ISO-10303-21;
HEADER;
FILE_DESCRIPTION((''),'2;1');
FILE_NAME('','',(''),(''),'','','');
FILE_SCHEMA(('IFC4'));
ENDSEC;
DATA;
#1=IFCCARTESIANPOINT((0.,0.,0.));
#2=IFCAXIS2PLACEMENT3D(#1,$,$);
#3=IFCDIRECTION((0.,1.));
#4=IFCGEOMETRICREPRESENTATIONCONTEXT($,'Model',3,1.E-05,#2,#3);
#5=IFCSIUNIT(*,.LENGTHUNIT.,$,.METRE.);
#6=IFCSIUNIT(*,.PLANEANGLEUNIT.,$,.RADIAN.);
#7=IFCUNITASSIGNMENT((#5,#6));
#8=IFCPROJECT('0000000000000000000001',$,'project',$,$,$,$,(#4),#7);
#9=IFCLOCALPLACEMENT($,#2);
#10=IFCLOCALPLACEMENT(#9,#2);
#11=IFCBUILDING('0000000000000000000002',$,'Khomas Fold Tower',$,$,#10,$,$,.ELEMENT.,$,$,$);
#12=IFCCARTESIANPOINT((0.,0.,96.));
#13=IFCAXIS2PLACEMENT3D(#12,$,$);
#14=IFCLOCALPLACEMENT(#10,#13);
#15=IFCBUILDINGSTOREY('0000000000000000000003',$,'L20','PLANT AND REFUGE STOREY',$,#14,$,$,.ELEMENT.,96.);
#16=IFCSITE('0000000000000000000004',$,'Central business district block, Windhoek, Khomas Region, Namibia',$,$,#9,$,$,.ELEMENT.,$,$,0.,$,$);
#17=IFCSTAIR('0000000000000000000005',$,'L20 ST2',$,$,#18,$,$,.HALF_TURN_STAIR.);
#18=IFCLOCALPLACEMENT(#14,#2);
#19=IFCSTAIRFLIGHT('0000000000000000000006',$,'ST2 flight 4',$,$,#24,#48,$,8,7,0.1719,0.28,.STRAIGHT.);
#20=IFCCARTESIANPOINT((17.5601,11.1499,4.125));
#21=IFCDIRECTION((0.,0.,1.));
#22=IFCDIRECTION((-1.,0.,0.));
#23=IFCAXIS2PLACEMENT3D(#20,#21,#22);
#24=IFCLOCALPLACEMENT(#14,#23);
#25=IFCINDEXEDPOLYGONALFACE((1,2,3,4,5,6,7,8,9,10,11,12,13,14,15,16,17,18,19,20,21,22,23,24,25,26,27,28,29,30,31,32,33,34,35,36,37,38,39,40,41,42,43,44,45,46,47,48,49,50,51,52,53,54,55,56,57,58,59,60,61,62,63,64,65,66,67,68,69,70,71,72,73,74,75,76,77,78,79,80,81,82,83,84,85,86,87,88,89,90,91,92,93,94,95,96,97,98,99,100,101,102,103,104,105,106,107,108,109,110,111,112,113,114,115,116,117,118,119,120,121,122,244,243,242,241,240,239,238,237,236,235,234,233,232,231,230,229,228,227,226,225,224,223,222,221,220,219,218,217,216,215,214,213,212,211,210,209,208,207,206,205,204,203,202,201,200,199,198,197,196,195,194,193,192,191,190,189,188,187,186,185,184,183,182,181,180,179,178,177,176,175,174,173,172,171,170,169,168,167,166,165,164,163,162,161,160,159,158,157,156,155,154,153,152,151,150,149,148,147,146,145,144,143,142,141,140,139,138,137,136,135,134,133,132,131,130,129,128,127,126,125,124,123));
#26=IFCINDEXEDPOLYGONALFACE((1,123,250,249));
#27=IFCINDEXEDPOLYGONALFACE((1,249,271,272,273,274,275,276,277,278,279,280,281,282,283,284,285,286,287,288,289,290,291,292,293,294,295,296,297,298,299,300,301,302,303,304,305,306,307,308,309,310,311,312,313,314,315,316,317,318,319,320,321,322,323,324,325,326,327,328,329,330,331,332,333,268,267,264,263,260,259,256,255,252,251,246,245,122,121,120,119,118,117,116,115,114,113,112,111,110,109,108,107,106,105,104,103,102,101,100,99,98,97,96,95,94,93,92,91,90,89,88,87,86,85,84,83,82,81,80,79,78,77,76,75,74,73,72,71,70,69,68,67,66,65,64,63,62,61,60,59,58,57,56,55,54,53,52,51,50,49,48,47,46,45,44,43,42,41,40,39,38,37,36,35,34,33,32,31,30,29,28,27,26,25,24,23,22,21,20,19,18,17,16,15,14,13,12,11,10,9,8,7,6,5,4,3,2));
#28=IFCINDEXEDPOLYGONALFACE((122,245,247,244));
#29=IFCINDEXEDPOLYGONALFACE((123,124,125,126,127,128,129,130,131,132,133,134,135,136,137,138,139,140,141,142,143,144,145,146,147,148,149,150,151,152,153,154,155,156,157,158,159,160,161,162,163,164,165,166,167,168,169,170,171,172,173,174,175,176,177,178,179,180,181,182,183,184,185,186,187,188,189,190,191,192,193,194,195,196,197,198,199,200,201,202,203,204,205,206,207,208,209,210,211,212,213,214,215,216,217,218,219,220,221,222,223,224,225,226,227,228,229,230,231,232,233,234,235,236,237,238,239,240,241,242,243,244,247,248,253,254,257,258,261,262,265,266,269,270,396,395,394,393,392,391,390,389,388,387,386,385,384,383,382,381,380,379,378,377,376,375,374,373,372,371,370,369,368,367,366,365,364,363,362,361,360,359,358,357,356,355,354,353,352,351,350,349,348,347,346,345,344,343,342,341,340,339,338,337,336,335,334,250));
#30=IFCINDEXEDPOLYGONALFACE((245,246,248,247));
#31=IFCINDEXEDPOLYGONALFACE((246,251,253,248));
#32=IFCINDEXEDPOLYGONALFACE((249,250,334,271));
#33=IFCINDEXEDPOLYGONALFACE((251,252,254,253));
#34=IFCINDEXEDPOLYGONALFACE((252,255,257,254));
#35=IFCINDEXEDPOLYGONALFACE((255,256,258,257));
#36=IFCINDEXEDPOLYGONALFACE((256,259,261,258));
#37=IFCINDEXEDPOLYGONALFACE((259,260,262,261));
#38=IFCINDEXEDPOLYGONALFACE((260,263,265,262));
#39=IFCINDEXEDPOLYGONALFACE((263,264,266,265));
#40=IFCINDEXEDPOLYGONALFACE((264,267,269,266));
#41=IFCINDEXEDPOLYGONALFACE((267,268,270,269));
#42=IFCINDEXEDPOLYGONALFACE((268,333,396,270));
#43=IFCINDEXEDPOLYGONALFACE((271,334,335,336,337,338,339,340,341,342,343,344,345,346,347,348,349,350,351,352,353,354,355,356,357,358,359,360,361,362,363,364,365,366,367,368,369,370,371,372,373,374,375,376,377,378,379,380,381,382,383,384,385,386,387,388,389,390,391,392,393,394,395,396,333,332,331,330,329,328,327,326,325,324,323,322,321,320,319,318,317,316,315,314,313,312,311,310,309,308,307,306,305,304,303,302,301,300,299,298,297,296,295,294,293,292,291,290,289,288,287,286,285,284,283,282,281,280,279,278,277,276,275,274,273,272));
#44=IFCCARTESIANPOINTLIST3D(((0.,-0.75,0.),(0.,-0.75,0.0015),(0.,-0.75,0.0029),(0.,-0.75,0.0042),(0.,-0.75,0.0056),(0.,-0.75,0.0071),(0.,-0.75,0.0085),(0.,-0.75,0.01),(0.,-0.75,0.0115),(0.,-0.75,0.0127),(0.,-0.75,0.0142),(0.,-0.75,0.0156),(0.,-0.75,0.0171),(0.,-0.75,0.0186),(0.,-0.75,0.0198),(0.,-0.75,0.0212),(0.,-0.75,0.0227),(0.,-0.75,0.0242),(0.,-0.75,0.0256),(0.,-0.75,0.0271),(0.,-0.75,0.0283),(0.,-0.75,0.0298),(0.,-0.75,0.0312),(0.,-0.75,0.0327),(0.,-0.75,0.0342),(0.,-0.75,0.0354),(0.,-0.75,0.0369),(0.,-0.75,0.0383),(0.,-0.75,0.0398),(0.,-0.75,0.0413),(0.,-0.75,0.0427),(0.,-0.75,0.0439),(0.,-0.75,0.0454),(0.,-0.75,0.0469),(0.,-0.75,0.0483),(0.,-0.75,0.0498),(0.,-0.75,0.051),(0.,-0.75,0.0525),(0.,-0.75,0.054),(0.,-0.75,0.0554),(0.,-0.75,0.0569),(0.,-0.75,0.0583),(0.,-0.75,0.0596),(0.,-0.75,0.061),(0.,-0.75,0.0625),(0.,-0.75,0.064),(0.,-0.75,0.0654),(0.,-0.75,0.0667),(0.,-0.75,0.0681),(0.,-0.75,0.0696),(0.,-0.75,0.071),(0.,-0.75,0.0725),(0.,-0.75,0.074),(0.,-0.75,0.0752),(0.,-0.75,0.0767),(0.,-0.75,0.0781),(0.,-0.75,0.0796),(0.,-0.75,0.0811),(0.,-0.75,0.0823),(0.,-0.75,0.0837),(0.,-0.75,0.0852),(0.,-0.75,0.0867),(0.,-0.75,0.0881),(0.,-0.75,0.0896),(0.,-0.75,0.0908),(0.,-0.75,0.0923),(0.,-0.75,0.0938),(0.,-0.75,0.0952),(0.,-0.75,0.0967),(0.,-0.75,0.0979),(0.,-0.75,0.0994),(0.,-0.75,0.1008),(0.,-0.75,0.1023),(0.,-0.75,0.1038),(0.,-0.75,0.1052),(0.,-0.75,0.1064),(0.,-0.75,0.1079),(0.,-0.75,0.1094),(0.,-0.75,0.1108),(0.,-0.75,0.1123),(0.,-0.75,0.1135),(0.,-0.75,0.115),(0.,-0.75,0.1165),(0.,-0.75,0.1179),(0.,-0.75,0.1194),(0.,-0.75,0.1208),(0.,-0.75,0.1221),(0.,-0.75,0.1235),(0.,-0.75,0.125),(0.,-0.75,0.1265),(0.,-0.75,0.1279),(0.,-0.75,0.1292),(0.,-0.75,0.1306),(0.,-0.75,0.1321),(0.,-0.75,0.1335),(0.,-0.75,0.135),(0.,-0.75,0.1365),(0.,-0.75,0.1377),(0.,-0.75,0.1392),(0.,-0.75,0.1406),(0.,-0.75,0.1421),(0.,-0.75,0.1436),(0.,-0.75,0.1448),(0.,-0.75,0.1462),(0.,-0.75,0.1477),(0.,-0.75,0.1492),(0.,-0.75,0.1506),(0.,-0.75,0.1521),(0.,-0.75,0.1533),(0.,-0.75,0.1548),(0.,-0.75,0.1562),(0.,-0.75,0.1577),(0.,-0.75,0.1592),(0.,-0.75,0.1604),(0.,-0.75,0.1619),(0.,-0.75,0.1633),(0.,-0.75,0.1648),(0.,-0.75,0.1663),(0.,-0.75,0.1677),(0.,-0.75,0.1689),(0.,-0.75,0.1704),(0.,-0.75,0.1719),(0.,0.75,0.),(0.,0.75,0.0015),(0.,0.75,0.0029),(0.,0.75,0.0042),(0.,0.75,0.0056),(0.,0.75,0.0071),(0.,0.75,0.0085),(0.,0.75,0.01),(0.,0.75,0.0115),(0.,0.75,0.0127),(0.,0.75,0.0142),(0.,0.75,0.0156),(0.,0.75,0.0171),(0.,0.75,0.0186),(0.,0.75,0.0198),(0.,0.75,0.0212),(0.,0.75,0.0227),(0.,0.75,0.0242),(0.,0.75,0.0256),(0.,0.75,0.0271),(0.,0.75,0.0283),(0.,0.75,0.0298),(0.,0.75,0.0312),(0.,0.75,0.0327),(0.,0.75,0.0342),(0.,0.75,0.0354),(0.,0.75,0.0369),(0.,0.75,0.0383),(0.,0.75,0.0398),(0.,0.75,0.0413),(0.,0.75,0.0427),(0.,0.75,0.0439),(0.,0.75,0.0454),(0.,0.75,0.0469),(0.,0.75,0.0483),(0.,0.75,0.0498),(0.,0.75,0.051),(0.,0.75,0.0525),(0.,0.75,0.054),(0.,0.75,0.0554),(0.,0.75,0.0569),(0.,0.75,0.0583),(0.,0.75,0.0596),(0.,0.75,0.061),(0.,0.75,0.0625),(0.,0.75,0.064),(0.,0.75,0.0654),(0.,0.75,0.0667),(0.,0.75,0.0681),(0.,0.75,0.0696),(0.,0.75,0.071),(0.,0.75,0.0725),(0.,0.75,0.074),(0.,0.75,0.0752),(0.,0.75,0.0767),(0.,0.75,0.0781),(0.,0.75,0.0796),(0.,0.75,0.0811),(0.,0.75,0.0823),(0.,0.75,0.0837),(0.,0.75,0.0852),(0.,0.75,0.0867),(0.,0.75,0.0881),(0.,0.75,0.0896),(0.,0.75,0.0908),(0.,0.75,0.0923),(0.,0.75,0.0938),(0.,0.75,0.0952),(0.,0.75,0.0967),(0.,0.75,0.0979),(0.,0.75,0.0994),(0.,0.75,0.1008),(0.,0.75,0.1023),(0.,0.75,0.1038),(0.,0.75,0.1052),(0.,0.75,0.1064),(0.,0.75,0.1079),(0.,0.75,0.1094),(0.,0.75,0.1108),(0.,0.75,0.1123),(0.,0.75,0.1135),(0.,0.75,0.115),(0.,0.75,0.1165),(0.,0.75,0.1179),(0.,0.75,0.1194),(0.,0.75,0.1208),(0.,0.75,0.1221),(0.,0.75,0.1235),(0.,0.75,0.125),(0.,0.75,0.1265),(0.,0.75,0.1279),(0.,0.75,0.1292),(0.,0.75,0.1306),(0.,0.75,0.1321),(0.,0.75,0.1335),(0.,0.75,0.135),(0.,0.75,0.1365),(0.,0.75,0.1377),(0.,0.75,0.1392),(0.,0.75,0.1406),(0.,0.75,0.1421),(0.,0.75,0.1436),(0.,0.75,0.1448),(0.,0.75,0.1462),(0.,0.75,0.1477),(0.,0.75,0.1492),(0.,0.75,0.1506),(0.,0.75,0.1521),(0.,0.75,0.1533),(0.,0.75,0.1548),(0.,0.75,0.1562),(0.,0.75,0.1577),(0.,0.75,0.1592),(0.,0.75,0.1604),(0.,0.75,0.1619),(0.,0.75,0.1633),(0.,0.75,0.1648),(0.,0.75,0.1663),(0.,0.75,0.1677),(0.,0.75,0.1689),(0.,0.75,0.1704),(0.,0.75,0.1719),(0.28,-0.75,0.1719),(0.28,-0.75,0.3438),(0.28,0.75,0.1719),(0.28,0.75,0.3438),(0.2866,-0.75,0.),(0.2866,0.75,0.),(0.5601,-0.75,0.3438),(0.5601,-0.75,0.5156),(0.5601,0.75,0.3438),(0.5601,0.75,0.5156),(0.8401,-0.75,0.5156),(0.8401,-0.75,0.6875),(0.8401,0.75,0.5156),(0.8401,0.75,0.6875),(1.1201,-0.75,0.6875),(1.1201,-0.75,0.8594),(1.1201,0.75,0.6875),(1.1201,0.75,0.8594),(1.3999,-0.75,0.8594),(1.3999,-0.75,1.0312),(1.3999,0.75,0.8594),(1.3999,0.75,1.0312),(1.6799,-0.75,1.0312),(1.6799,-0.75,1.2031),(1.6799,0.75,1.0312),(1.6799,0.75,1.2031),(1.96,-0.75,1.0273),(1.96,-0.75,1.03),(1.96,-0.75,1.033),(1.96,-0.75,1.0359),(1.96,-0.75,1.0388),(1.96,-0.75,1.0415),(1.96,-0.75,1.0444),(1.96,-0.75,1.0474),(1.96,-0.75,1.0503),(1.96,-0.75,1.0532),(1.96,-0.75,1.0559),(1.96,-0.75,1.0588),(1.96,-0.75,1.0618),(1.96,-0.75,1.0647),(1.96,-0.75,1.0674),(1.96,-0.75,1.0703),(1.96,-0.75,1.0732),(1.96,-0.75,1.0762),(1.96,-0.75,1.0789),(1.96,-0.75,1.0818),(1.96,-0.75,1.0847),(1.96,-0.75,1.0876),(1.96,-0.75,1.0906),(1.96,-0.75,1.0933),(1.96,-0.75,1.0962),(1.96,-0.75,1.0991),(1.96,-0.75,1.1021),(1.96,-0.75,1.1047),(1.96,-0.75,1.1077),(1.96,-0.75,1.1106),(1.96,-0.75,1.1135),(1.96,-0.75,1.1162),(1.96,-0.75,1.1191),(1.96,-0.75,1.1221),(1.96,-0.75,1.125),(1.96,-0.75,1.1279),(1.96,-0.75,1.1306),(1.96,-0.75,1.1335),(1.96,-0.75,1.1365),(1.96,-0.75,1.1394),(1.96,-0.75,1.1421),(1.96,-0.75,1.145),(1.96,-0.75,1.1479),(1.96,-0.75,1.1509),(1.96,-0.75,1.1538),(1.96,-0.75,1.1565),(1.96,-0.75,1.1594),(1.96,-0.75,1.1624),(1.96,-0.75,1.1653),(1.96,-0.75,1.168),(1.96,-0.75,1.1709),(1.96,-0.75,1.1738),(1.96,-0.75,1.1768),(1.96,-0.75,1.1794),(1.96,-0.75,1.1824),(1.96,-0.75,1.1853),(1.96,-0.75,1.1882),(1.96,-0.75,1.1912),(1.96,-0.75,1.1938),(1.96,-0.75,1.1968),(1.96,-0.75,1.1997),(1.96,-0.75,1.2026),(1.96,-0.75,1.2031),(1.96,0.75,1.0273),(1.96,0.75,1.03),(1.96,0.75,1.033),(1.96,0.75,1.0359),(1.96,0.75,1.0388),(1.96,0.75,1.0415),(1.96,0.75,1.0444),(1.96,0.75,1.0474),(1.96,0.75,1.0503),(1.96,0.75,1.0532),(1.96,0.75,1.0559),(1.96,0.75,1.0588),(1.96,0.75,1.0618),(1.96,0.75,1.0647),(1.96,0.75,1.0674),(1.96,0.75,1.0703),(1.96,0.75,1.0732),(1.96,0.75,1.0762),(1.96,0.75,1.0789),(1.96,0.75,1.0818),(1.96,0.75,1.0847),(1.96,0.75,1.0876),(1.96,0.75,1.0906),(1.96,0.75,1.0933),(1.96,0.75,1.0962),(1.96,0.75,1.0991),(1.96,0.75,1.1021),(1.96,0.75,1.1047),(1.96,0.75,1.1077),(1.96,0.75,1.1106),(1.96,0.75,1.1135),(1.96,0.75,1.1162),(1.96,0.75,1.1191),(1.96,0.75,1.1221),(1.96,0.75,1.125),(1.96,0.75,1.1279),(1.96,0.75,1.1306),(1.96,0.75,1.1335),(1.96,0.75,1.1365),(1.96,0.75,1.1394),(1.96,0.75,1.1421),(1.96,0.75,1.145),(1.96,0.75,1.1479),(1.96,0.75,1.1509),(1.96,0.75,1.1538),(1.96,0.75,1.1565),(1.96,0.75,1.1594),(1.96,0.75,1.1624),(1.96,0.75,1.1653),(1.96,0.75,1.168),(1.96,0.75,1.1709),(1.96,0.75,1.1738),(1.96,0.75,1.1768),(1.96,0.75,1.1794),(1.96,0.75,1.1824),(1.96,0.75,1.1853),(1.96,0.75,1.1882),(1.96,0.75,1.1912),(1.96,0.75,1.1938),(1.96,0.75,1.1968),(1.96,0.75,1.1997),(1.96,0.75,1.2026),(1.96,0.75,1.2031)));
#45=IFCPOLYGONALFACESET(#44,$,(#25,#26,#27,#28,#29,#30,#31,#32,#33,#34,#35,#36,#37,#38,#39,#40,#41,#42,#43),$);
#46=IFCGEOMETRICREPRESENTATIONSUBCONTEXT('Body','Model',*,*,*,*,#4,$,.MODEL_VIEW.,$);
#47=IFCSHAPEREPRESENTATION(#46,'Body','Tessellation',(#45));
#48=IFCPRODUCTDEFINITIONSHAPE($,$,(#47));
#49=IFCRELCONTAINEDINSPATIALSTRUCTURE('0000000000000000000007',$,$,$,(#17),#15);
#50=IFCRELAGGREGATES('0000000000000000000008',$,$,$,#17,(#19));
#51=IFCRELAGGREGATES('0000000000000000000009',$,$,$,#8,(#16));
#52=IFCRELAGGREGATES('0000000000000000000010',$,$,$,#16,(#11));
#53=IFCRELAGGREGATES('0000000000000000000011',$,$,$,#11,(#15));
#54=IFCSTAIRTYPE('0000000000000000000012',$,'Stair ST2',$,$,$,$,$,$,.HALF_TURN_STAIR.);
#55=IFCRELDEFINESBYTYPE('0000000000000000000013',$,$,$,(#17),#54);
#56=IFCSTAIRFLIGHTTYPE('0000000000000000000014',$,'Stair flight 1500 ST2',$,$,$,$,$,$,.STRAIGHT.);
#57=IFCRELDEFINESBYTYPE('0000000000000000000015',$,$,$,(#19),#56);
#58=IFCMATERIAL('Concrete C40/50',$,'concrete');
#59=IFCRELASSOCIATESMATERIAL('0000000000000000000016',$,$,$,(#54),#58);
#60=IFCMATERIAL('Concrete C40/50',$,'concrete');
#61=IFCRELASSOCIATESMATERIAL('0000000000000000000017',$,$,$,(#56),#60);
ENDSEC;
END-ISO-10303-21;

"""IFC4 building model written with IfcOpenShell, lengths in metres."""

from ifc_helpers import new_model, si_unit, direction, frame, origin, place, context, subcontext, project, spatial, polyline, outline, extrude, source, transform, mapped, material, type_object, element, aggregate, save


model = new_model("IFC4")

# Units and contexts
model_context = context("Model", 3, precision=1e-05, world=origin(), true_north=direction((0.0, 1.0)))
body_context = subcontext(model_context, "Body", "Model", "MODEL_VIEW")
ifc_project = project(units=[si_unit("LENGTHUNIT", "METRE"), si_unit("PLANEANGLEUNIT", "RADIAN")], contexts=[model_context])

# Site, building, storey
site_placement = place(None, origin())
site = spatial("IfcSite", under=ifc_project, at=site_placement, Name="Central business district block, Windhoek, Khomas Region, Namibia", CompositionType="ELEMENT", RefElevation=0.0)
building_placement = place(site_placement, origin())
building = spatial("IfcBuilding", under=site, at=building_placement, Name="Khomas Fold Tower", CompositionType="ELEMENT")
storey_placement = place(building_placement, frame((0.0, 0.0, 96.0)))
storey = spatial("IfcBuildingStorey", under=building, at=storey_placement, Name="L20", Description="PLANT AND REFUGE STOREY", CompositionType="ELEMENT", Elevation=96.0)

# Stair, stair flight
ifc_material_1 = material(Name="Concrete C40/50", Category="concrete")
stair_type = type_object("IfcStairType", Name="Stair ST2", PredefinedType="HALF_TURN_STAIR", material=ifc_material_1)
stair_placement = place(storey_placement, origin())
stair = element("IfcStair", 1, at=stair_placement, inside=storey, type_object=stair_type, Name="L20 ST2", PredefinedType="HALF_TURN_STAIR")
ifc_material_2 = material(Name="Concrete C40/50", Category="concrete")
stair_flight_type = type_object("IfcStairFlightType", Name="Stair flight 1500 ST2", PredefinedType="STRAIGHT", material=ifc_material_2)
shared_shape_1 = source(origin(), body_context, "Body", "SweptSolid", [
    extrude(outline(polyline([(0.0, 0.0), (0.0, 0.0015), (0.0, 0.0029), (0.0, 0.0042), (0.0, 0.0056), (0.0, 0.0071), (0.0, 0.0085), (0.0, 0.01), (0.0, 0.0115), (0.0, 0.0127), (0.0, 0.0142), (0.0, 0.0156), (0.0, 0.0171), (0.0, 0.0186), (0.0, 0.0198), (0.0, 0.0212), (0.0, 0.0227), (0.0, 0.0242), (0.0, 0.0256), (0.0, 0.0271), (0.0, 0.0283), (0.0, 0.0298), (0.0, 0.0312), (0.0, 0.0327), (0.0, 0.0342), (0.0, 0.0354), (0.0, 0.0369), (0.0, 0.0383), (0.0, 0.0398), (0.0, 0.0413), (0.0, 0.0427), (0.0, 0.0439), (0.0, 0.0454), (0.0, 0.0469), (0.0, 0.0483), (0.0, 0.0498), (0.0, 0.051), (0.0, 0.0525), (0.0, 0.054), (0.0, 0.0554), (0.0, 0.0569), (0.0, 0.0583), (0.0, 0.0596), (0.0, 0.061), (0.0, 0.0625), (0.0, 0.064), (0.0, 0.0654), (0.0, 0.0667), (0.0, 0.0681), (0.0, 0.0696), (0.0, 0.071), (0.0, 0.0725), (0.0, 0.074), (0.0, 0.0752), (0.0, 0.0767), (0.0, 0.0781), (0.0, 0.0796), (0.0, 0.0811), (0.0, 0.0823), (0.0, 0.0837), (0.0, 0.0852), (0.0, 0.0867), (0.0, 0.0881), (0.0, 0.0896), (0.0, 0.0908), (0.0, 0.0923), (0.0, 0.0938), (0.0, 0.0952), (0.0, 0.0967), (0.0, 0.0979), (0.0, 0.0994), (0.0, 0.1008), (0.0, 0.1023), (0.0, 0.1038), (0.0, 0.1052), (0.0, 0.1064), (0.0, 0.1079), (0.0, 0.1094), (0.0, 0.1108), (0.0, 0.1123), (0.0, 0.1135), (0.0, 0.115), (0.0, 0.1165), (0.0, 0.1179), (0.0, 0.1194), (0.0, 0.1208), (0.0, 0.1221), (0.0, 0.1235), (0.0, 0.125), (0.0, 0.1265), (0.0, 0.1279), (0.0, 0.1292), (0.0, 0.1306), (0.0, 0.1321), (0.0, 0.1335), (0.0, 0.135), (0.0, 0.1365), (0.0, 0.1377), (0.0, 0.1392), (0.0, 0.1406), (0.0, 0.1421), (0.0, 0.1436), (0.0, 0.1448), (0.0, 0.1462), (0.0, 0.1477), (0.0, 0.1492), (0.0, 0.1506), (0.0, 0.1521), (0.0, 0.1533), (0.0, 0.1548), (0.0, 0.1562), (0.0, 0.1577), (0.0, 0.1592), (0.0, 0.1604), (0.0, 0.1619), (0.0, 0.1633), (0.0, 0.1648), (0.0, 0.1663), (0.0, 0.1677), (0.0, 0.1689), (0.0, 0.1704), (0.0, 0.1719), (0.28, 0.1719), (0.28, 0.3438), (0.5601, 0.3438), (0.5601, 0.5156), (0.8401, 0.5156), (0.8401, 0.6875), (1.1201, 0.6875), (1.1201, 0.8594), (1.3999, 0.8594), (1.3999, 1.0312), (1.6799, 1.0312), (1.6799, 1.2031), (1.96, 1.2031), (1.96, 1.375), (1.96, 1.3721), (1.96, 1.3691), (1.96, 1.3665), (1.96, 1.3635), (1.96, 1.3606), (1.96, 1.3577), (1.96, 1.355), (1.96, 1.3521), (1.96, 1.3491), (1.96, 1.3462), (1.96, 1.3435), (1.96, 1.3406), (1.96, 1.3376), (1.96, 1.3347), (1.96, 1.3318), (1.96, 1.3291), (1.96, 1.3262), (1.96, 1.3232), (1.96, 1.3203), (1.96, 1.3176), (1.96, 1.3147), (1.96, 1.3118), (1.96, 1.3088), (1.96, 1.3059), (1.96, 1.3032), (1.96, 1.3003), (1.96, 1.2974), (1.96, 1.2944), (1.96, 1.2917), (1.96, 1.2888), (1.96, 1.2859), (1.96, 1.283), (1.96, 1.2803), (1.96, 1.2773), (1.96, 1.2744), (1.96, 1.2715), (1.96, 1.2686), (1.96, 1.2659), (1.96, 1.2629), (1.96, 1.26), (1.96, 1.2571), (1.96, 1.2544), (1.96, 1.2515), (1.96, 1.2485), (1.96, 1.2456), (1.96, 1.2427), (1.96, 1.24), (1.96, 1.2371), (1.96, 1.2341), (1.96, 1.2312), (1.96, 1.2285), (1.96, 1.2256), (1.96, 1.2227), (1.96, 1.2197), (1.96, 1.217), (1.96, 1.2141), (1.96, 1.2112), (1.96, 1.2083), (1.96, 1.2053), (1.96, 1.2026), (1.96, 1.1997), (1.96, 1.1968), (1.96, 1.1938), (1.96, 1.1912), (1.96, 1.1882), (1.96, 1.1853), (1.96, 1.1824), (1.96, 1.1794), (1.96, 1.1768), (1.96, 1.1738), (1.96, 1.1709), (1.96, 1.168), (1.96, 1.1653), (1.96, 1.1624), (1.96, 1.1594), (1.96, 1.1565), (1.96, 1.1538), (1.96, 1.1509), (1.96, 1.1479), (1.96, 1.145), (1.96, 1.1421), (1.96, 1.1394), (1.96, 1.1365), (1.96, 1.1335), (1.96, 1.1306), (1.96, 1.1279), (1.96, 1.125), (1.96, 1.1221), (1.96, 1.1191), (1.96, 1.1162), (1.96, 1.1135), (1.96, 1.1106), (1.96, 1.1077), (1.96, 1.1047), (1.96, 1.1021), (1.96, 1.0991), (1.96, 1.0962), (1.96, 1.0933), (1.96, 1.0906), (1.96, 1.0876), (1.96, 1.0847), (1.96, 1.0818), (1.96, 1.0789), (1.96, 1.0762), (1.96, 1.0732), (1.96, 1.0703), (1.96, 1.0674), (1.96, 1.0647), (1.96, 1.0618), (1.96, 1.0588), (1.96, 1.0559), (1.96, 1.0532), (1.96, 1.0503), (1.96, 1.0474), (1.96, 1.0444), (1.96, 1.0415), (1.96, 1.0388), (1.96, 1.0359), (1.96, 1.033), (1.96, 1.03), (1.96, 1.0273), (0.2866, 0.0), (0.0, 0.0)])), frame((0.0, 0.75, 0.0), z_axis=(0.0, -1.0, 0.0), x_axis=(1.0, 0.0, 0.0)), (0.0, 0.0, 1.0), 1.5),
])
stair_flight_placement = place(storey_placement, frame((17.5601, 11.1499, 4.125), z_axis=(0.0, 0.0, 1.0), x_axis=(-1.0, 0.0, 0.0)))
stair_flight = element("IfcStairFlight", 2, at=stair_flight_placement, type_object=stair_flight_type, Name="ST2 flight 4", NumberOfRisers=8, NumberOfTreads=7, PredefinedType="STRAIGHT", RiserHeight=0.1719, TreadLength=0.28, context=body_context, shape_type="MappedRepresentation", body=[
    mapped(shared_shape_1, transform((0.0, 0.0, 0.0))),
])
aggregate(stair, [stair_flight])

save(model, "model.ifc")
